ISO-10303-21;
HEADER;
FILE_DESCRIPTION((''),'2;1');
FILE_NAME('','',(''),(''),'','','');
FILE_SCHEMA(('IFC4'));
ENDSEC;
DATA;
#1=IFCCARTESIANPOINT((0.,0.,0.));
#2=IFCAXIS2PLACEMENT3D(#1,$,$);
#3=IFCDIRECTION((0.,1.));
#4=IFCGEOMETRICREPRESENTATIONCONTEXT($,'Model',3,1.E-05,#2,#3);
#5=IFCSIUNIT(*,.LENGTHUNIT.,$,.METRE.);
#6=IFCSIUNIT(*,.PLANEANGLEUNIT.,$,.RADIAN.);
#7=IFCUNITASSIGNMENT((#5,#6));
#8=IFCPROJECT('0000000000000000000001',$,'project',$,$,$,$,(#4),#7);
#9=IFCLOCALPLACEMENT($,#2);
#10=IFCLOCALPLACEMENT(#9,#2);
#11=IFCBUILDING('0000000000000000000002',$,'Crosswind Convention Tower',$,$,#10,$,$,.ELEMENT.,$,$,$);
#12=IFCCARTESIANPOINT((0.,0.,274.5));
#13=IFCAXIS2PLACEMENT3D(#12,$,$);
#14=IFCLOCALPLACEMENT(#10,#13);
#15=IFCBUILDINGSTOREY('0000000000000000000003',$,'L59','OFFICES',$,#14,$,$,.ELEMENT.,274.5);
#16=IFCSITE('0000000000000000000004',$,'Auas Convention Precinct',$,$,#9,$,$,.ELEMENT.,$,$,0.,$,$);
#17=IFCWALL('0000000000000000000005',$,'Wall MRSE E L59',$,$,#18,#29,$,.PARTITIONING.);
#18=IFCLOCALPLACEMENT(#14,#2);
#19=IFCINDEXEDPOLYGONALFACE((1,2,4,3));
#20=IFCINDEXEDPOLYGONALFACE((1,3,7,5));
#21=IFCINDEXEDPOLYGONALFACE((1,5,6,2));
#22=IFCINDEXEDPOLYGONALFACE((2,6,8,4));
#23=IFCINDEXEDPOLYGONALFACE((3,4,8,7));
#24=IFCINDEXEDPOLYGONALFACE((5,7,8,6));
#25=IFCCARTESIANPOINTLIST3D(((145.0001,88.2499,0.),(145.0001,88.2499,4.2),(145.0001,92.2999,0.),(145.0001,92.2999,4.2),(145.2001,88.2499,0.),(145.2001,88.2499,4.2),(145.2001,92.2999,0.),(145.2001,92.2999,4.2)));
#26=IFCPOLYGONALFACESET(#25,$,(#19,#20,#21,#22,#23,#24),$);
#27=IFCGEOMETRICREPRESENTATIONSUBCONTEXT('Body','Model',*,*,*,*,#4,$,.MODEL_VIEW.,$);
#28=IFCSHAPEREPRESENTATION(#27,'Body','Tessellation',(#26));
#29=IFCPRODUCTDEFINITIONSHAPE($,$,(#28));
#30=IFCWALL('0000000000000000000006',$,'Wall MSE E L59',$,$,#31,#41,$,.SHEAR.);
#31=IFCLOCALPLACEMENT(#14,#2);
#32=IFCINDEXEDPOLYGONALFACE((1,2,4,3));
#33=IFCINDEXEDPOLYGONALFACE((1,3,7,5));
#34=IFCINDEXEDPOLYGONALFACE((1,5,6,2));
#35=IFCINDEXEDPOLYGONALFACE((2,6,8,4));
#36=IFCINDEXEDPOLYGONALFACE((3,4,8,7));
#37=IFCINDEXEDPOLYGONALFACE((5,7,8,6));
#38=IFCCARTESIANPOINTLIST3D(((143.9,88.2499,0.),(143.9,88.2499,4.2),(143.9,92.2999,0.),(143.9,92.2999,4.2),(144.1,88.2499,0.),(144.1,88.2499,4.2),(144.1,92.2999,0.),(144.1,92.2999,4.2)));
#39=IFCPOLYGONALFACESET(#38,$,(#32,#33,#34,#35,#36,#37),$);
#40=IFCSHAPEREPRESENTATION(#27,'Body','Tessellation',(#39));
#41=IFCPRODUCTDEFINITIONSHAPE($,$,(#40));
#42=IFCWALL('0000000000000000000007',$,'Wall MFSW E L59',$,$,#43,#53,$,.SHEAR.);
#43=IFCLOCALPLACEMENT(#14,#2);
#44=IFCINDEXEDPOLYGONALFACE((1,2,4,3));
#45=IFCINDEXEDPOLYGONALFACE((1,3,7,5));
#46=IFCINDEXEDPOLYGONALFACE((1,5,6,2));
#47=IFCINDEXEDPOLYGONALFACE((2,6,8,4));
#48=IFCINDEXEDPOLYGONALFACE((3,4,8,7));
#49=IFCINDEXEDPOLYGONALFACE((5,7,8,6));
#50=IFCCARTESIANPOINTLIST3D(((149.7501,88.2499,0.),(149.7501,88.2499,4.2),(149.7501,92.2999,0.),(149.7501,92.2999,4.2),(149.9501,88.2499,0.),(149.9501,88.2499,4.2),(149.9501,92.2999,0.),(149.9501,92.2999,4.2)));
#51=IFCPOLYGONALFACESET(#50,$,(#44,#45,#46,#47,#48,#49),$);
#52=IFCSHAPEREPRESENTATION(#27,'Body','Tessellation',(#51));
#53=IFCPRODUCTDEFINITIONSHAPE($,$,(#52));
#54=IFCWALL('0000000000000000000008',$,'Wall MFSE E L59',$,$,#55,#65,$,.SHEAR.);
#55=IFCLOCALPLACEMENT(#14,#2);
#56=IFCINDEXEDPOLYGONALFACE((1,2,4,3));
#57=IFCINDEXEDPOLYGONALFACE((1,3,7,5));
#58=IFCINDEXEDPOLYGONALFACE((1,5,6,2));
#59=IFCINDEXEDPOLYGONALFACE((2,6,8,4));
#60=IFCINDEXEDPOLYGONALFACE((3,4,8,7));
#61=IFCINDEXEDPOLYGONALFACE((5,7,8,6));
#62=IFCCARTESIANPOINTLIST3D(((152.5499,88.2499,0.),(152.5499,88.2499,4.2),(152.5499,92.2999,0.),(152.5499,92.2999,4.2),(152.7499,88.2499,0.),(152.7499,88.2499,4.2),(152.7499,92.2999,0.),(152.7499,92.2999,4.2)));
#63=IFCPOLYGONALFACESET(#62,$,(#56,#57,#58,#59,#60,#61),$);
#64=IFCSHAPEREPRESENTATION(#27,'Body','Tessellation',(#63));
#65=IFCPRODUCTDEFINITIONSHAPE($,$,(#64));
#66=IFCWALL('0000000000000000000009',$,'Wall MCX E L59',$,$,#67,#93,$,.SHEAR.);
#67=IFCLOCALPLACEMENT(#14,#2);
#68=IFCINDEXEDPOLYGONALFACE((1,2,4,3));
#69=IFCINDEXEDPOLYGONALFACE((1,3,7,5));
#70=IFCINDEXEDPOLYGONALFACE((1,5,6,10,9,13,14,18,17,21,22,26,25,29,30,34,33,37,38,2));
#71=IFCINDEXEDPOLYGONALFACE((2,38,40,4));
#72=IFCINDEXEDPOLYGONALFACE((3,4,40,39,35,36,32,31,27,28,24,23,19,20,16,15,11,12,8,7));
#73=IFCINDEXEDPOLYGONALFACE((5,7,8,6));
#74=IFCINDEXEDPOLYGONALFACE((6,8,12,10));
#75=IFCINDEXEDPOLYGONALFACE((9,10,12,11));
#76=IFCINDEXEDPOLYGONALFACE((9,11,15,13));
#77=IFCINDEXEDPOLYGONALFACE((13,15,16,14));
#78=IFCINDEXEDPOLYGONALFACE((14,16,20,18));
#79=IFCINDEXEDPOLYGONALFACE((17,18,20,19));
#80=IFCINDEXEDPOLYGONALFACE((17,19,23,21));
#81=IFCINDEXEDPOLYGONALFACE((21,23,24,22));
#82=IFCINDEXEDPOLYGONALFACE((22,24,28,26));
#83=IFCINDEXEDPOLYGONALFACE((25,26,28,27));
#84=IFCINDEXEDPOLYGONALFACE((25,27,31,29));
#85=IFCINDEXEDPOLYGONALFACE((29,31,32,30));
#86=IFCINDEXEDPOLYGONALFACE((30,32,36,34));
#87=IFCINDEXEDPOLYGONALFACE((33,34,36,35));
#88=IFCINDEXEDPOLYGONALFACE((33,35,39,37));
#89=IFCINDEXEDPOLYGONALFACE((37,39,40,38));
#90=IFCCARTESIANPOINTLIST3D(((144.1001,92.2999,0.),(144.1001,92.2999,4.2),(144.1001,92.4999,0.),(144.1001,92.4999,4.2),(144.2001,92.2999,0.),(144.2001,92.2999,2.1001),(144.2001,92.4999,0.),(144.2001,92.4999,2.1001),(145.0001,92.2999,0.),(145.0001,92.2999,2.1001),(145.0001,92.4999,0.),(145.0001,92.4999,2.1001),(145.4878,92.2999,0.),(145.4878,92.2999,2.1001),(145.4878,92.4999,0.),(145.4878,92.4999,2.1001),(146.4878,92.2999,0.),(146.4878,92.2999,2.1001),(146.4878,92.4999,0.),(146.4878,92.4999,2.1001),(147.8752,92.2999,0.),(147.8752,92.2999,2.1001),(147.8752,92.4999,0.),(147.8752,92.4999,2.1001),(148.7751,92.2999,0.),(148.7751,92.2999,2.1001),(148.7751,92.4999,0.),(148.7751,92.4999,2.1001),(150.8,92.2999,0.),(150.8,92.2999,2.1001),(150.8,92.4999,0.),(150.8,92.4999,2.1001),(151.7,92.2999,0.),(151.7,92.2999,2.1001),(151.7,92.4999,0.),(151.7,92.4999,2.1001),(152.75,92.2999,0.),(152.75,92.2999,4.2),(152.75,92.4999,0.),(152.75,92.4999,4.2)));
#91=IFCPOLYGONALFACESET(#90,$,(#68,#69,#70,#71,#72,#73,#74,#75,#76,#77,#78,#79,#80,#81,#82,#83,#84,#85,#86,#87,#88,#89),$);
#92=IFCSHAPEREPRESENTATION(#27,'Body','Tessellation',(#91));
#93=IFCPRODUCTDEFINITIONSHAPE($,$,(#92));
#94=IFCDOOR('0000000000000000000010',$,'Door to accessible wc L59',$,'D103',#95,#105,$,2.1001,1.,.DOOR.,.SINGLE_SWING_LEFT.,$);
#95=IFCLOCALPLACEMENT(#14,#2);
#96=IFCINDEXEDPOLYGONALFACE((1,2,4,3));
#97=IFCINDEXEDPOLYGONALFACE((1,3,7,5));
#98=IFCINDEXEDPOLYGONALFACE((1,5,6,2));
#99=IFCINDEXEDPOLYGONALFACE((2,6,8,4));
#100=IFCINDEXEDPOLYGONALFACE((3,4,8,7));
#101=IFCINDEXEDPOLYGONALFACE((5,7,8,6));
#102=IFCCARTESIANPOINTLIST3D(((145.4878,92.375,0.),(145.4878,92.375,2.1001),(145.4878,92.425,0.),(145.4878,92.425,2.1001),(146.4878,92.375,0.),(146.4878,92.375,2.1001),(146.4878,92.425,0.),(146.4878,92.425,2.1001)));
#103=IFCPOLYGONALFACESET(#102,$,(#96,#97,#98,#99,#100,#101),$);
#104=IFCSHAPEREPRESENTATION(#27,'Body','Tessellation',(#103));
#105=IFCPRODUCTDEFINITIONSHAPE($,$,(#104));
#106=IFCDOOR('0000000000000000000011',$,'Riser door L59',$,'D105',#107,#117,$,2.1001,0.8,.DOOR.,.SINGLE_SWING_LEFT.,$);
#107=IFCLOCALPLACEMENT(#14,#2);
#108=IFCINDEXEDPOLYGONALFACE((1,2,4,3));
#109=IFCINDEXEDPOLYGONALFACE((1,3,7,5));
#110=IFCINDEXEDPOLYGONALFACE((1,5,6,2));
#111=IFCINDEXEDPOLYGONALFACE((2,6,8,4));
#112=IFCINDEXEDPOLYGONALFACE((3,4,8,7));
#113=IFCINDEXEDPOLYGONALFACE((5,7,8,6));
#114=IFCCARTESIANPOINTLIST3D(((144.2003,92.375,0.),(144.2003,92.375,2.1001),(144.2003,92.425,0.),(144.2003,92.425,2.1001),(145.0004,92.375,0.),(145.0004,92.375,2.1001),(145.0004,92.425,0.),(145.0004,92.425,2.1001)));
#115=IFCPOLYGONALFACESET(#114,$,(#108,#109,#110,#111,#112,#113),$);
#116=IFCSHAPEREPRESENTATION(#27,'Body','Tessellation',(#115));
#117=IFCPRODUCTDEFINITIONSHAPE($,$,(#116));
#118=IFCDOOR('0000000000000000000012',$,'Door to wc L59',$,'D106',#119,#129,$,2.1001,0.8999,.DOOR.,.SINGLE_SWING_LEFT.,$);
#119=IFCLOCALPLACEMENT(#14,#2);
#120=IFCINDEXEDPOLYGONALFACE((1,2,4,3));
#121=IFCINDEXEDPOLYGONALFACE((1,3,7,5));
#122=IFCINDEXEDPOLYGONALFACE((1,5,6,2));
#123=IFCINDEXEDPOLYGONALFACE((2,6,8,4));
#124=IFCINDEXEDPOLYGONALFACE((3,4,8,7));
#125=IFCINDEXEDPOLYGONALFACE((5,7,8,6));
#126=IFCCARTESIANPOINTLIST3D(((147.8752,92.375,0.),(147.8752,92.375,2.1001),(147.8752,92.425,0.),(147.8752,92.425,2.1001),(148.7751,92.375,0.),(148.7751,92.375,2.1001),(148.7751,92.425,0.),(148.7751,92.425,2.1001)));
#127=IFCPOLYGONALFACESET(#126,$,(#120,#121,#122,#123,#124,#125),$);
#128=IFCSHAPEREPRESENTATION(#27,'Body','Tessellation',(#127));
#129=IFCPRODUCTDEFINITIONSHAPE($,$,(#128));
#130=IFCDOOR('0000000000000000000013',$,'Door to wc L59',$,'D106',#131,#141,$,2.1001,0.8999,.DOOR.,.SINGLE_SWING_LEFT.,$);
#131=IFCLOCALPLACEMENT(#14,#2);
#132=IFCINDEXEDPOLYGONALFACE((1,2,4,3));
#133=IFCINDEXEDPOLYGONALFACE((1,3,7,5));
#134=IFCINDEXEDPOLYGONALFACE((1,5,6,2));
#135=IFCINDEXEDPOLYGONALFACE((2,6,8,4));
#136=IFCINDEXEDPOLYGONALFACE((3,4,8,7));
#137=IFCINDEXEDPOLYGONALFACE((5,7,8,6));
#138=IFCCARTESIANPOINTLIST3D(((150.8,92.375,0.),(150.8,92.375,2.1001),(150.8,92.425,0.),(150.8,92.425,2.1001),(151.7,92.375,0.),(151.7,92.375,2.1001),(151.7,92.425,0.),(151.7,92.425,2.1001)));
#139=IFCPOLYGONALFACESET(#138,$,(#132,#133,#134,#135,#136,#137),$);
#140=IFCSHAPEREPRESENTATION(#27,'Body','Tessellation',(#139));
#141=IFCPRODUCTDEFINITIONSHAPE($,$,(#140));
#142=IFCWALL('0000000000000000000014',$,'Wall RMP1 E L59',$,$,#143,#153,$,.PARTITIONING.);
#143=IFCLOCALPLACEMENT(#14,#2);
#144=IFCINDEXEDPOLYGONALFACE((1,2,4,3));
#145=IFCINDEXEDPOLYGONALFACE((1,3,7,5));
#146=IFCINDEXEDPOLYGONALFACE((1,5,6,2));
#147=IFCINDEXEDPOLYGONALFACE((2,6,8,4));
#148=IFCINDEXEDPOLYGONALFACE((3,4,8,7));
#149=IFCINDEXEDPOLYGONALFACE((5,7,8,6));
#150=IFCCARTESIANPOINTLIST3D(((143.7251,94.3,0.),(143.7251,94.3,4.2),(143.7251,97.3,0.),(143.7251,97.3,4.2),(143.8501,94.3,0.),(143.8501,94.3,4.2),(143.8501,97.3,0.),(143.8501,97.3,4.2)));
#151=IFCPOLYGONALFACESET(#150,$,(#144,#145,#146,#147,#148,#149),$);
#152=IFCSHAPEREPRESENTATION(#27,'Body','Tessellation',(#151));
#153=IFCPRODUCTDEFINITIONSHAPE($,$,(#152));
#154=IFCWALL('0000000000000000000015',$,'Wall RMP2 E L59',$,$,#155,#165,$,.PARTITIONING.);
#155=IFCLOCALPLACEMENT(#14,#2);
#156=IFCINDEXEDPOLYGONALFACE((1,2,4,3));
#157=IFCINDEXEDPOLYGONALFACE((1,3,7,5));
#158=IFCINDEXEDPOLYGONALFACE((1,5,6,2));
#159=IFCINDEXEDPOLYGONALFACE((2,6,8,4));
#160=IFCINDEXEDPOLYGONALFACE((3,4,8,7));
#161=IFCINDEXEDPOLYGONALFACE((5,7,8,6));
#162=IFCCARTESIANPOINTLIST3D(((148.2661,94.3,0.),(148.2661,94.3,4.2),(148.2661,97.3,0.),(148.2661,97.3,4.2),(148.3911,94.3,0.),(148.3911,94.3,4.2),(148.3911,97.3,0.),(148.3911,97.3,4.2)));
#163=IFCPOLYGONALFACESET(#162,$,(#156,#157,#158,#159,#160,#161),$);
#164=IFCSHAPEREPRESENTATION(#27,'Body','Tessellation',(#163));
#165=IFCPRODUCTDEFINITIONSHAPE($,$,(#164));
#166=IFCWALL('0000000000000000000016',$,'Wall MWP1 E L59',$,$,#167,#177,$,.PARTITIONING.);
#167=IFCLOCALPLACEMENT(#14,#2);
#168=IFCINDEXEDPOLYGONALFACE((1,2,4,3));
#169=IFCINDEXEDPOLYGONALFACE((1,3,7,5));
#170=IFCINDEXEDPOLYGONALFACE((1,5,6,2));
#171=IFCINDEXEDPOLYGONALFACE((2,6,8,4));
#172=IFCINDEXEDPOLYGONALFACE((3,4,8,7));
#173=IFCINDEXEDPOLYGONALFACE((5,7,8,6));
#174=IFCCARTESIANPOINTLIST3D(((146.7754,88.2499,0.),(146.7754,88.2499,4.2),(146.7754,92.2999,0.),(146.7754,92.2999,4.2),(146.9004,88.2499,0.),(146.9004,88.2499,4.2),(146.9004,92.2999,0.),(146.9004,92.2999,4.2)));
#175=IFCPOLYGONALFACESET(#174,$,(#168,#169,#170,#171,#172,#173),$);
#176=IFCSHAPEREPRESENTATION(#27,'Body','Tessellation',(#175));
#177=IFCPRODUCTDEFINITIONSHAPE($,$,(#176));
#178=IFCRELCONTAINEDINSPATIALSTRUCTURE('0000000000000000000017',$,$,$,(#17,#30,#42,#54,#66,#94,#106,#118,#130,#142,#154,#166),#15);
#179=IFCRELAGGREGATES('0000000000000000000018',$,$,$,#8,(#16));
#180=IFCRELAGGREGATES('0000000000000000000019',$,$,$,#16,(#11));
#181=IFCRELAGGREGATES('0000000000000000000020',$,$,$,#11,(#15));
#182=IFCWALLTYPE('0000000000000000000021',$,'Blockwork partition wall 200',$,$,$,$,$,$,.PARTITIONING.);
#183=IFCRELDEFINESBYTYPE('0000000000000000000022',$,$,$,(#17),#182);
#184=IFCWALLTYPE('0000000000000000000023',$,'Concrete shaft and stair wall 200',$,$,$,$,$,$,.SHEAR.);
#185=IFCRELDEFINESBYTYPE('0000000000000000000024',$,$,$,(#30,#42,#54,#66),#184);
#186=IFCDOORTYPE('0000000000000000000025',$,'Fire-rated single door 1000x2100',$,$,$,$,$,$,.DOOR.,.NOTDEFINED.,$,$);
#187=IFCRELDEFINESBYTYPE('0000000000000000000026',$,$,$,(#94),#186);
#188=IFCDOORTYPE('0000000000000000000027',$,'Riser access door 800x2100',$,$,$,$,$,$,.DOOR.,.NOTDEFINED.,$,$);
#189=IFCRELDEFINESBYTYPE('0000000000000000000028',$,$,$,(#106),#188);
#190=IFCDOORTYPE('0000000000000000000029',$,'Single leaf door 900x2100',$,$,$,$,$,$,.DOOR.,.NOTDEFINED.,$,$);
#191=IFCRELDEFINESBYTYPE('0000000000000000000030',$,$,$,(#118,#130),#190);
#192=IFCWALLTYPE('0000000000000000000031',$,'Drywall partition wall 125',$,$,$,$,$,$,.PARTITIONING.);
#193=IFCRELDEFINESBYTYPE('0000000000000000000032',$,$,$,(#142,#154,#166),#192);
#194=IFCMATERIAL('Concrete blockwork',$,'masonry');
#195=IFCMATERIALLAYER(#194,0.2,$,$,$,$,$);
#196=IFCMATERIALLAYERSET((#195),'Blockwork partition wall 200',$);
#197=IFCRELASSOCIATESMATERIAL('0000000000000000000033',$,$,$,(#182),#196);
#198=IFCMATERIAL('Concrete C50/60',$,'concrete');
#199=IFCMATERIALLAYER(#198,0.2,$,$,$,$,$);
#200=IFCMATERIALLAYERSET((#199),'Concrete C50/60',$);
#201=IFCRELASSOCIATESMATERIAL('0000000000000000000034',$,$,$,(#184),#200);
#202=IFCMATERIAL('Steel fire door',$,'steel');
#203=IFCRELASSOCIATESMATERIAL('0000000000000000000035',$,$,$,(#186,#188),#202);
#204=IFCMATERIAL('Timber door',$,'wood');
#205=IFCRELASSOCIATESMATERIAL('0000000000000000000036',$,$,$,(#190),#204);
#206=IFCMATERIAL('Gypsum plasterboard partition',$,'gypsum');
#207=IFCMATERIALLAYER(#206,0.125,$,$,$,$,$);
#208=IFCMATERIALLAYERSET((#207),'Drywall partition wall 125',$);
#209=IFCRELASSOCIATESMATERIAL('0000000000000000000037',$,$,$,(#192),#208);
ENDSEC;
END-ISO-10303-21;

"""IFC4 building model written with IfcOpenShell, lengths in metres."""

from ifc_helpers import new_model, si_unit, direction, frame, frame_2d, origin, place, context, subcontext, project, spatial, rectangle, extrude, material, layer, layer_set, type_object, element, fill, save


model = new_model("IFC4")

# Units and contexts
model_context = context("Model", 3, precision=1e-05, world=origin(), true_north=direction((0.0, 1.0)))
body_context = subcontext(model_context, "Body", "Model", "MODEL_VIEW")
ifc_project = project(units=[si_unit("LENGTHUNIT", "METRE"), si_unit("PLANEANGLEUNIT", "RADIAN")], contexts=[model_context])

# Site, building, storey
site_placement = place(None, origin())
site = spatial("IfcSite", under=ifc_project, at=site_placement, Name="Auas Convention Precinct", CompositionType="ELEMENT", RefElevation=0.0)
building_placement = place(site_placement, origin())
building = spatial("IfcBuilding", under=site, at=building_placement, Name="Crosswind Convention Tower", CompositionType="ELEMENT")
storey_placement = place(building_placement, frame((0.0, 0.0, 274.5)))
storey = spatial("IfcBuildingStorey", under=building, at=storey_placement, Name="L59", Description="OFFICES", CompositionType="ELEMENT", Elevation=274.5)

# Walls
ifc_material_1 = material(Name="Concrete blockwork", Category="masonry")
ifc_layer_1 = layer(ifc_material_1, 0.2)
ifc_layer_set_1 = layer_set([ifc_layer_1], Name="Blockwork partition wall 200")
wall_type_1 = type_object("IfcWallType", Name="Blockwork partition wall 200", PredefinedType="PARTITIONING", material=ifc_layer_set_1)
wall_1_placement = place(storey_placement, frame((145.1001, 88.25, 0.0), z_axis=(0.0, 0.0, 1.0), x_axis=(0.0, 1.0, 0.0)))
element("IfcWall", 1, at=wall_1_placement, inside=storey, type_object=wall_type_1, Name="Wall MRSE E L59", PredefinedType="PARTITIONING", context=body_context, shape_type="SweptSolid", body=[
    extrude(rectangle(XDim=4.05, YDim=0.2, at=frame_2d((2.0249, 0.0))), origin(), (0.0, 0.0, 1.0), 4.2),
])
ifc_material_2 = material(Name="Concrete C50/60", Category="concrete")
ifc_layer_2 = layer(ifc_material_2, 0.2)
ifc_layer_set_2 = layer_set([ifc_layer_2], Name="Concrete C50/60")
wall_type_2 = type_object("IfcWallType", Name="Concrete shaft and stair wall 200", PredefinedType="SHEAR", material=ifc_layer_set_2)
for number, where, z_axis, x_axis, name in (
    (2, (144.0, 88.25, 0.0), (0.0, 0.0, 1.0), (0.0, 1.0, 0.0), "Wall MSE E L59"),
    (3, (149.8501, 88.25, 0.0), (0.0, 0.0, 1.0), (0.0, 1.0, 0.0), "Wall MFSW E L59"),
    (4, (152.6499, 88.25, 0.0), (0.0, 0.0, 1.0), (0.0, 1.0, 0.0), "Wall MFSE E L59"),
):
    element("IfcWall", number, at=place(storey_placement, frame(where, z_axis=z_axis, x_axis=x_axis)), inside=storey, type_object=wall_type_2, Name=name, PredefinedType="SHEAR", context=body_context, shape_type="SweptSolid", body=[
        extrude(rectangle(XDim=4.05, YDim=0.2, at=frame_2d((2.0249, 0.0))), origin(), (0.0, 0.0, 1.0), 4.2),
    ])

# Wall, openings, doors
wall_2_placement = place(storey_placement, frame((144.1001, 92.3999, 0.0), z_axis=(0.0, 0.0, 1.0), x_axis=(1.0, 0.0, 0.0)))
wall_2 = element("IfcWall", 5, at=wall_2_placement, inside=storey, type_object=wall_type_2, Name="Wall MCX E L59", PredefinedType="SHEAR", context=body_context, shape_type="SweptSolid", body=[
    extrude(rectangle(XDim=8.6499, YDim=0.2, at=frame_2d((4.325, 0.0))), origin(), (0.0, 0.0, 1.0), 4.2),
])
opening_1_placement = place(wall_2_placement, frame((0.1001, 0.0, 0.0)))
opening_1 = element("IfcOpeningElement", 6, at=opening_1_placement, cuts=wall_2, PredefinedType="OPENING", context=body_context, shape_type="SweptSolid", body=[
    extrude(rectangle(XDim=0.8, YDim=2.1001, at=frame_2d((0.3999, 1.05))), frame((0.0, 0.1099, 0.0), z_axis=(0.0, -1.0, 0.0), x_axis=(1.0, 0.0, 0.0)), (0.0, 0.0, 1.0), 0.22),
])
opening_2_placement = place(wall_2_placement, frame((1.3877, 0.0, 0.0)))
opening_2 = element("IfcOpeningElement", 7, at=opening_2_placement, cuts=wall_2, PredefinedType="OPENING", context=body_context, shape_type="SweptSolid", body=[
    extrude(rectangle(XDim=1.0, YDim=2.1001, at=frame_2d((0.5, 1.05))), frame((0.0, 0.1099, 0.0), z_axis=(0.0, -1.0, 0.0), x_axis=(1.0, 0.0, 0.0)), (0.0, 0.0, 1.0), 0.22),
])
opening_3_placement = place(wall_2_placement, frame((3.7751, 0.0, 0.0)))
opening_3 = element("IfcOpeningElement", 8, at=opening_3_placement, cuts=wall_2, PredefinedType="OPENING", context=body_context, shape_type="SweptSolid", body=[
    extrude(rectangle(XDim=0.8999, YDim=2.1001, at=frame_2d((0.45, 1.05))), frame((0.0, 0.1099, 0.0), z_axis=(0.0, -1.0, 0.0), x_axis=(1.0, 0.0, 0.0)), (0.0, 0.0, 1.0), 0.22),
])
opening_4_placement = place(wall_2_placement, frame((6.7, 0.0, 0.0)))
opening_4 = element("IfcOpeningElement", 9, at=opening_4_placement, cuts=wall_2, PredefinedType="OPENING", context=body_context, shape_type="SweptSolid", body=[
    extrude(rectangle(XDim=0.8999, YDim=2.1001, at=frame_2d((0.45, 1.05))), frame((0.0, 0.1099, 0.0), z_axis=(0.0, -1.0, 0.0), x_axis=(1.0, 0.0, 0.0)), (0.0, 0.0, 1.0), 0.22),
])
ifc_material_3 = material(Name="Steel fire door", Category="steel")
door_type_1 = type_object("IfcDoorType", Name="Fire-rated single door 1000x2100", OperationType="NOTDEFINED", PredefinedType="DOOR", material=ifc_material_3)
door_1_placement = place(opening_2_placement, frame((1.0, 0.0, 0.0), z_axis=(0.0, 0.0, 1.0), x_axis=(-1.0, 0.0, 0.0)))
door_1 = element("IfcDoor", 10, at=door_1_placement, inside=storey, type_object=door_type_1, Name="Door to accessible wc L59", ObjectType="D103", OperationType="SINGLE_SWING_LEFT", OverallHeight=2.1001, OverallWidth=1.0, PredefinedType="DOOR", context=body_context, shape_type="SweptSolid", body=[
    extrude(rectangle(XDim=1.0, YDim=2.1001, at=frame_2d((0.5, 1.05))), frame((0.0, 0.0249, 0.0), z_axis=(0.0, -1.0, 0.0), x_axis=(1.0, 0.0, 0.0)), (0.0, 0.0, 1.0), 0.05),
])
fill(opening_2, door_1)
door_type_2 = type_object("IfcDoorType", Name="Riser access door 800x2100", OperationType="NOTDEFINED", PredefinedType="DOOR", material=ifc_material_3)
door_2_placement = place(opening_1_placement, frame((0.8, 0.0, 0.0), z_axis=(0.0, 0.0, 1.0), x_axis=(-1.0, 0.0, 0.0)))
door_2 = element("IfcDoor", 11, at=door_2_placement, inside=storey, type_object=door_type_2, Name="Riser door L59", ObjectType="D105", OperationType="SINGLE_SWING_LEFT", OverallHeight=2.1001, OverallWidth=0.8, PredefinedType="DOOR", context=body_context, shape_type="SweptSolid", body=[
    extrude(rectangle(XDim=0.8, YDim=2.1001, at=frame_2d((0.3999, 1.05))), frame((0.0, 0.0249, 0.0), z_axis=(0.0, -1.0, 0.0), x_axis=(1.0, 0.0, 0.0)), (0.0, 0.0, 1.0), 0.05),
])
fill(opening_1, door_2)
ifc_material_4 = material(Name="Timber door", Category="wood")
door_type_3 = type_object("IfcDoorType", Name="Single leaf door 900x2100", OperationType="NOTDEFINED", PredefinedType="DOOR", material=ifc_material_4)
door_3_placement = place(opening_3_placement, frame((0.8999, 0.0, 0.0), z_axis=(0.0, 0.0, 1.0), x_axis=(-1.0, 0.0, 0.0)))
door_3 = element("IfcDoor", 12, at=door_3_placement, inside=storey, type_object=door_type_3, Name="Door to wc L59", ObjectType="D106", OperationType="SINGLE_SWING_LEFT", OverallHeight=2.1001, OverallWidth=0.8999, PredefinedType="DOOR", context=body_context, shape_type="SweptSolid", body=[
    extrude(rectangle(XDim=0.8999, YDim=2.1001, at=frame_2d((0.45, 1.05))), frame((0.0, 0.0249, 0.0), z_axis=(0.0, -1.0, 0.0), x_axis=(1.0, 0.0, 0.0)), (0.0, 0.0, 1.0), 0.05),
])
fill(opening_3, door_3)
door_4_placement = place(opening_4_placement, frame((0.8999, 0.0, 0.0), z_axis=(0.0, 0.0, 1.0), x_axis=(-1.0, 0.0, 0.0)))
door_4 = element("IfcDoor", 13, at=door_4_placement, inside=storey, type_object=door_type_3, Name="Door to wc L59", ObjectType="D106", OperationType="SINGLE_SWING_LEFT", OverallHeight=2.1001, OverallWidth=0.8999, PredefinedType="DOOR", context=body_context, shape_type="SweptSolid", body=[
    extrude(rectangle(XDim=0.8999, YDim=2.1001, at=frame_2d((0.45, 1.05))), frame((0.0, 0.0249, 0.0), z_axis=(0.0, -1.0, 0.0), x_axis=(1.0, 0.0, 0.0)), (0.0, 0.0, 1.0), 0.05),
])
fill(opening_4, door_4)

# Walls
ifc_material_5 = material(Name="Gypsum plasterboard partition", Category="gypsum")
ifc_layer_3 = layer(ifc_material_5, 0.125)
ifc_layer_set_3 = layer_set([ifc_layer_3], Name="Drywall partition wall 125")
wall_type_3 = type_object("IfcWallType", Name="Drywall partition wall 125", PredefinedType="PARTITIONING", material=ifc_layer_set_3)
for number, where, z_axis, x_axis, name in (
    (14, (143.7876, 94.3, 0.0), (0.0, 0.0, 1.0), (0.0, 1.0, 0.0), "Wall RMP1 E L59"),
    (15, (148.3286, 94.3, 0.0), (0.0, 0.0, 1.0), (0.0, 1.0, 0.0), "Wall RMP2 E L59"),
):
    element("IfcWall", number, at=place(storey_placement, frame(where, z_axis=z_axis, x_axis=x_axis)), inside=storey, type_object=wall_type_3, Name=name, PredefinedType="PARTITIONING", context=body_context, shape_type="SweptSolid", body=[
        extrude(rectangle(XDim=3.0, YDim=0.125, at=frame_2d((1.5, 0.0))), origin(), (0.0, 0.0, 1.0), 4.2),
    ])
wall_3_placement = place(storey_placement, frame((146.8379, 88.25, 0.0), z_axis=(0.0, 0.0, 1.0), x_axis=(0.0, 1.0, 0.0)))
element("IfcWall", 16, at=wall_3_placement, inside=storey, type_object=wall_type_3, Name="Wall MWP1 E L59", PredefinedType="PARTITIONING", context=body_context, shape_type="SweptSolid", body=[
    extrude(rectangle(XDim=4.05, YDim=0.125, at=frame_2d((2.0249, 0.0))), origin(), (0.0, 0.0, 1.0), 4.2),
])

save(model, "model.ifc")
